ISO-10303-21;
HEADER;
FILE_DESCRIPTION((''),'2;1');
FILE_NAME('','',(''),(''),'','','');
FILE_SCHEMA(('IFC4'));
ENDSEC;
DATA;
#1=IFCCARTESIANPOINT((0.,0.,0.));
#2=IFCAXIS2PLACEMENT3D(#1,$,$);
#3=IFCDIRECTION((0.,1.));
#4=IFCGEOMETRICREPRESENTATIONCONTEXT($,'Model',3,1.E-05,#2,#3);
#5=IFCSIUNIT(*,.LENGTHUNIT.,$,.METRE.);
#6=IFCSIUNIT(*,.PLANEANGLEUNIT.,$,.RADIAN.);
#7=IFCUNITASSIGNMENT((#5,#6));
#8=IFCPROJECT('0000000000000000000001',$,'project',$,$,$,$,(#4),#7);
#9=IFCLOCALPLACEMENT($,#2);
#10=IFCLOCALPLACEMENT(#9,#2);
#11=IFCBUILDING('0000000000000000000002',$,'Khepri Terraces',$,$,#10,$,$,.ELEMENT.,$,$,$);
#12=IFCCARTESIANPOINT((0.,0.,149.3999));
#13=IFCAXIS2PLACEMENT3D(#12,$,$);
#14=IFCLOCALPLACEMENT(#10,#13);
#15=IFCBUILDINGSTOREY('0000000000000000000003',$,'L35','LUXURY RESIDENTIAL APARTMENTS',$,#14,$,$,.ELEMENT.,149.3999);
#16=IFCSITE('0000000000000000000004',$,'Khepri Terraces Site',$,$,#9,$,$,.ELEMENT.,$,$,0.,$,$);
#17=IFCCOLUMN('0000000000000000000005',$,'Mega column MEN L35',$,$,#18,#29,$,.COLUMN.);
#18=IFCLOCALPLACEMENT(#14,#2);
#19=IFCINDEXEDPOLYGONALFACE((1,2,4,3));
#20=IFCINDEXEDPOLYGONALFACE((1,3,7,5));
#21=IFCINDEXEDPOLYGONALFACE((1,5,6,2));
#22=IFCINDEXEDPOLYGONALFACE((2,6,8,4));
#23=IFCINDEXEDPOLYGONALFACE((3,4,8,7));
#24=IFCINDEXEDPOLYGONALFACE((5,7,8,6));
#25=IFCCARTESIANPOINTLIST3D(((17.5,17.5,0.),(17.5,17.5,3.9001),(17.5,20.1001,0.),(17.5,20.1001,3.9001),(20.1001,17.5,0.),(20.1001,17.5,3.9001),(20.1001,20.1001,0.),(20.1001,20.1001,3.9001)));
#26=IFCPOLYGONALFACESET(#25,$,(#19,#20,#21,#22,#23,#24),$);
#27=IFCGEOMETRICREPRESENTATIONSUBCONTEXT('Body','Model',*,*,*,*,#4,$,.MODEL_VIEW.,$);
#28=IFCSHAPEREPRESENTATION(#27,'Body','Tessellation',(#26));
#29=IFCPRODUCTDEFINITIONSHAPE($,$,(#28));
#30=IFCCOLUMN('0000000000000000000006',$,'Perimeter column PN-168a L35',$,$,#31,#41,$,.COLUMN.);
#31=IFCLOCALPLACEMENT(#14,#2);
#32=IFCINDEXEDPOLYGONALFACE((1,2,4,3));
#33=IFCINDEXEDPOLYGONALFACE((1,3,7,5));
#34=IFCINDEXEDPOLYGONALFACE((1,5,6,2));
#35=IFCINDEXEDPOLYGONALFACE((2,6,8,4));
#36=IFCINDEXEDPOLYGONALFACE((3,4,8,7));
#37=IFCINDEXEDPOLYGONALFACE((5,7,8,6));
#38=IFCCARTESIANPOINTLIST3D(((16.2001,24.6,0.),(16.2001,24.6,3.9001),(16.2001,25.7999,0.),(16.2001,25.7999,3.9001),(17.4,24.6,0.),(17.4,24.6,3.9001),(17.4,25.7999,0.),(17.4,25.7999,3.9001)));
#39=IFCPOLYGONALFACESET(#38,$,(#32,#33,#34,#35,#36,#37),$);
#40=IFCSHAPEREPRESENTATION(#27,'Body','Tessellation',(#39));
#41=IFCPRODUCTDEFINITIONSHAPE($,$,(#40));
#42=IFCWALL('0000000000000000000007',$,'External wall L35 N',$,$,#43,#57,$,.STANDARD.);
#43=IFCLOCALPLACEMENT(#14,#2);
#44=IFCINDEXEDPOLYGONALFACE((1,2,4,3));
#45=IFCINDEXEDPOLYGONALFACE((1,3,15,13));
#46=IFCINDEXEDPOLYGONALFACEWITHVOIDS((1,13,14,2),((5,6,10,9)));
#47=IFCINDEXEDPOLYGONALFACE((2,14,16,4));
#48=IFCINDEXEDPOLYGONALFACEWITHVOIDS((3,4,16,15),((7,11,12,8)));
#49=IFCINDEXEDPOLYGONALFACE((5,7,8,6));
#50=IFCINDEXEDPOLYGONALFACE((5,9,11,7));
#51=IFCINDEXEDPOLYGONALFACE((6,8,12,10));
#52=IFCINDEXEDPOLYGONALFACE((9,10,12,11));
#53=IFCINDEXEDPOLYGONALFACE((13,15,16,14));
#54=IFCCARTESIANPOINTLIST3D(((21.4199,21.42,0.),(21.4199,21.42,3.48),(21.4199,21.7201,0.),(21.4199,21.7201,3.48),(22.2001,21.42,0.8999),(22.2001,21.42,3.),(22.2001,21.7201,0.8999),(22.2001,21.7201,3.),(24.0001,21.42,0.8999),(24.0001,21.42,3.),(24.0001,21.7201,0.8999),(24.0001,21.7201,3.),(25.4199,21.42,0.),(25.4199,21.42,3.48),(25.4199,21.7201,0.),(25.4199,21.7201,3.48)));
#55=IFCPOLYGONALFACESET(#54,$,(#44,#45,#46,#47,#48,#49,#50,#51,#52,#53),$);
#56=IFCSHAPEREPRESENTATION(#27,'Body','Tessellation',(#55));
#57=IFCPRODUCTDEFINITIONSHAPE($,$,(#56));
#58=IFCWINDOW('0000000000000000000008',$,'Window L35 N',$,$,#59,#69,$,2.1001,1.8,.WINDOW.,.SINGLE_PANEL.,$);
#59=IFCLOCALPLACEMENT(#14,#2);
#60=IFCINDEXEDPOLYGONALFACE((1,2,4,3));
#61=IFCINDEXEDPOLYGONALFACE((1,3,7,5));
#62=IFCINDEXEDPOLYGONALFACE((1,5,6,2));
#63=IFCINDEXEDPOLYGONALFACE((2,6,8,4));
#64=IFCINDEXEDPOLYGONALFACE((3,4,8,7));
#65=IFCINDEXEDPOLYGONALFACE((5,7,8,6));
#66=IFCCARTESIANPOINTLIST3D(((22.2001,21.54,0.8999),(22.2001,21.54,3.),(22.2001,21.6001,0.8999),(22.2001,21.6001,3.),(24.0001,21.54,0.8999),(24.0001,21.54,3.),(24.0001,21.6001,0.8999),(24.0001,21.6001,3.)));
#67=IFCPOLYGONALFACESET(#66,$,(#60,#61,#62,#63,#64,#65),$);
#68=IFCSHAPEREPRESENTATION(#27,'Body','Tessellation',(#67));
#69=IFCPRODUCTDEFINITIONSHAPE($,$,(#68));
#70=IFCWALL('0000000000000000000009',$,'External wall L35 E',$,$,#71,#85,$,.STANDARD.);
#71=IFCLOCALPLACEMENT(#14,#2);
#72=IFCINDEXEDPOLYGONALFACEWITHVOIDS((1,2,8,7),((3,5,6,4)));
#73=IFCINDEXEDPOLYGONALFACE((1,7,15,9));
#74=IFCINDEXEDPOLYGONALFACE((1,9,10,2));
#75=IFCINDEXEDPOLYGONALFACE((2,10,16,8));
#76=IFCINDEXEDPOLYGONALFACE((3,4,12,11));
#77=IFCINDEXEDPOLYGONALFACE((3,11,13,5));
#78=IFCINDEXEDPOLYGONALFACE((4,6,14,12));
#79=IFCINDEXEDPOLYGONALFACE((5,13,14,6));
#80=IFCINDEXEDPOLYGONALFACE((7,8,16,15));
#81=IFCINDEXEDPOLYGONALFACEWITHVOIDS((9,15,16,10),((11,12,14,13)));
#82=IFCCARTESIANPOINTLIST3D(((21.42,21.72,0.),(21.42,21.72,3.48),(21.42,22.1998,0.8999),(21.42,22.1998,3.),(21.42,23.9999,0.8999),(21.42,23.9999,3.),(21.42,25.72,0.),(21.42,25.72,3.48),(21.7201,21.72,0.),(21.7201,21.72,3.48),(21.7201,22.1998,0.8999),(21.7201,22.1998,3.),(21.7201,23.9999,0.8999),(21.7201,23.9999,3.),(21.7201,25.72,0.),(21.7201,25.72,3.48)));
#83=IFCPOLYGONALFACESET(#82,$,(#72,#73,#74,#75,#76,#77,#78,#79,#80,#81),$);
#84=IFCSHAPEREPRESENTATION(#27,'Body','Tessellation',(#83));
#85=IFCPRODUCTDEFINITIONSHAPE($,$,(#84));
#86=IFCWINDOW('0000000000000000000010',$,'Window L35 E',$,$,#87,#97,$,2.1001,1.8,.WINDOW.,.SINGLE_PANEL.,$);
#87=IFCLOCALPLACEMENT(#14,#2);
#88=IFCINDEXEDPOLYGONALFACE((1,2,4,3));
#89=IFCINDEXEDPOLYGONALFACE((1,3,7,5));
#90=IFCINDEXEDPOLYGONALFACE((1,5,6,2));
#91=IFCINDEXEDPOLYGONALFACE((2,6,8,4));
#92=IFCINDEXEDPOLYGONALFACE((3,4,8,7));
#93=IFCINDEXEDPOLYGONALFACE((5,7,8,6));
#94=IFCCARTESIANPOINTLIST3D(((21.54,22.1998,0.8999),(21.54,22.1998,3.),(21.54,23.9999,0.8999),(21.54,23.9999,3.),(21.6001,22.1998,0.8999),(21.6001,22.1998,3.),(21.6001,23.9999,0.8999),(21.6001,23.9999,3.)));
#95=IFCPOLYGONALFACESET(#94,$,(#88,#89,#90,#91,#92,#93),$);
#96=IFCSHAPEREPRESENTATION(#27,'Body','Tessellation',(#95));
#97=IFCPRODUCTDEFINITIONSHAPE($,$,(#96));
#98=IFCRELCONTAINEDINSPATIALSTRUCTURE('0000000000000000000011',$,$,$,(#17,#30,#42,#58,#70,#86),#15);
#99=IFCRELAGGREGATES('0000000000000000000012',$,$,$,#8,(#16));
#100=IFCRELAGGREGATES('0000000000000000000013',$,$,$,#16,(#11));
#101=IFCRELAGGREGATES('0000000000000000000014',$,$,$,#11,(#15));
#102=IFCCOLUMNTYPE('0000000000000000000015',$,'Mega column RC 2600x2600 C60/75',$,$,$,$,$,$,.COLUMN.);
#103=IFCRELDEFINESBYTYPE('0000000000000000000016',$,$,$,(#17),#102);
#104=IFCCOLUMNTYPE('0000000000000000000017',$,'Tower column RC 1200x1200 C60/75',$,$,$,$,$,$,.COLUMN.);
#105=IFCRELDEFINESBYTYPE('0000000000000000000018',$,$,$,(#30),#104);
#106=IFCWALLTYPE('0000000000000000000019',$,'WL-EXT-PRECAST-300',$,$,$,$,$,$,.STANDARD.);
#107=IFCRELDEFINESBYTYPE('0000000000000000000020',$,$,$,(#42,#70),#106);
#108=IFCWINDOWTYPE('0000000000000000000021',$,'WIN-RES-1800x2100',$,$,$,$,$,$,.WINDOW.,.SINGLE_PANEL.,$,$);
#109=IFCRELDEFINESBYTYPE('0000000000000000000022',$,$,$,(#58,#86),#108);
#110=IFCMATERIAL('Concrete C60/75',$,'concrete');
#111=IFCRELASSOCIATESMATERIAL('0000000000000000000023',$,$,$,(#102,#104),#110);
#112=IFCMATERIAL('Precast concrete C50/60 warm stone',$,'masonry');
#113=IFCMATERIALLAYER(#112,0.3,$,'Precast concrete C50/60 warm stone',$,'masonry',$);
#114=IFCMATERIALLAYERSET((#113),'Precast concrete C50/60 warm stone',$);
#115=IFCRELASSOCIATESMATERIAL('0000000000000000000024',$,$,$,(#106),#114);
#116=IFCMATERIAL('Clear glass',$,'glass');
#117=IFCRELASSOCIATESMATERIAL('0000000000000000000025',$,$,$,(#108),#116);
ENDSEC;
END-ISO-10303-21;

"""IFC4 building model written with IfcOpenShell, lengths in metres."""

from ifc_helpers import new_model, si_unit, direction, frame, frame_2d, origin, origin_2d, place, context, subcontext, project, spatial, rectangle, extrude, material, layer, layer_set, material_profile, profile_set, type_object, element, fill, save


model = new_model("IFC4")

# Units and contexts
model_context = context("Model", 3, precision=1e-05, world=origin(), true_north=direction((0.0, 1.0)))
body_context = subcontext(model_context, "Body", "Model", "MODEL_VIEW")
ifc_project = project(units=[si_unit("LENGTHUNIT", "METRE"), si_unit("PLANEANGLEUNIT", "RADIAN")], contexts=[model_context])

# Site, building, storey
site_placement = place(None, origin())
site = spatial("IfcSite", under=ifc_project, at=site_placement, Name="Khepri Terraces Site", CompositionType="ELEMENT", RefElevation=0.0)
building_placement = place(site_placement, origin())
building = spatial("IfcBuilding", under=site, at=building_placement, Name="Khepri Terraces", CompositionType="ELEMENT")
storey_placement = place(building_placement, frame((0.0, 0.0, 149.3999)))
storey = spatial("IfcBuildingStorey", under=building, at=storey_placement, Name="L35", Description="LUXURY RESIDENTIAL APARTMENTS", CompositionType="ELEMENT", Elevation=149.3999)

# Columns
ifc_material_1 = material(Name="Concrete C60/75", Category="concrete")
ifc_material_profile_1 = material_profile(ifc_material_1, rectangle(XDim=2.6001, YDim=2.6001, at=origin_2d()), Name="Concrete C60/75", Category="concrete")
ifc_profile_set_1 = profile_set([ifc_material_profile_1], Name="Concrete C60/75")
column_type_1 = type_object("IfcColumnType", Name="Mega column RC 2600x2600 C60/75", PredefinedType="COLUMN", material=ifc_profile_set_1)
column_1_placement = place(storey_placement, frame((18.8, 18.8, 0.0), z_axis=(0.0, 0.0, 1.0), x_axis=(1.0, 0.0, 0.0)))
element("IfcColumn", 1, at=column_1_placement, inside=storey, type_object=column_type_1, Name="Mega column MEN L35", PredefinedType="COLUMN", context=body_context, shape_type="SweptSolid", body=[
    extrude(rectangle(XDim=2.6001, YDim=2.6001, at=origin_2d()), origin(), (0.0, 0.0, 1.0), 3.9001),
])
ifc_material_profile_2 = material_profile(ifc_material_1, rectangle(XDim=1.2, YDim=1.2, at=origin_2d()), Name="Concrete C60/75", Category="concrete")
ifc_profile_set_2 = profile_set([ifc_material_profile_2], Name="Concrete C60/75")
column_type_2 = type_object("IfcColumnType", Name="Tower column RC 1200x1200 C60/75", PredefinedType="COLUMN", material=ifc_profile_set_2)
column_2_placement = place(storey_placement, frame((16.8, 25.2, 0.0), z_axis=(0.0, 0.0, 1.0), x_axis=(1.0, 0.0, 0.0)))
element("IfcColumn", 2, at=column_2_placement, inside=storey, type_object=column_type_2, Name="Perimeter column PN-168a L35", PredefinedType="COLUMN", context=body_context, shape_type="SweptSolid", body=[
    extrude(rectangle(XDim=1.2, YDim=1.2, at=origin_2d()), origin(), (0.0, 0.0, 1.0), 3.9001),
])

# Walls, openings, windows
ifc_material_2 = material(Name="Precast concrete C50/60 warm stone", Category="masonry")
ifc_layer = layer(ifc_material_2, 0.3, Name="Precast concrete C50/60 warm stone", Category="masonry")
ifc_layer_set = layer_set([ifc_layer], Name="Precast concrete C50/60 warm stone")
wall_type = type_object("IfcWallType", Name="WL-EXT-PRECAST-300", PredefinedType="STANDARD", material=ifc_layer_set)
wall_1_placement = place(storey_placement, frame((25.4199, 21.5701, 0.0), z_axis=(0.0, 0.0, 1.0), x_axis=(-1.0, 0.0, 0.0)))
wall_1 = element("IfcWall", 3, at=wall_1_placement, inside=storey, type_object=wall_type, Name="External wall L35 N", PredefinedType="STANDARD", context=body_context, shape_type="SweptSolid", body=[
    extrude(rectangle(XDim=4.0, YDim=0.3, at=frame_2d((2.0, 0.0))), origin(), (0.0, 0.0, 1.0), 3.48),
])
opening_1_placement = place(wall_1_placement, frame((1.4199, 0.0, 0.8999)))
opening_1 = element("IfcOpeningElement", 4, at=opening_1_placement, cuts=wall_1, PredefinedType="OPENING", context=body_context, shape_type="SweptSolid", body=[
    extrude(rectangle(XDim=1.8, YDim=2.1001, at=frame_2d((0.8999, 1.05))), frame((0.0, 0.1602, 0.0), z_axis=(0.0, -1.0, 0.0), x_axis=(1.0, 0.0, 0.0)), (0.0, 0.0, 1.0), 0.3201),
])
ifc_material_3 = material(Name="Clear glass", Category="glass")
window_type = type_object("IfcWindowType", Name="WIN-RES-1800x2100", PartitioningType="SINGLE_PANEL", PredefinedType="WINDOW", material=ifc_material_3)
window_1_placement = place(opening_1_placement, origin())
window_1 = element("IfcWindow", 5, at=window_1_placement, inside=storey, type_object=window_type, Name="Window L35 N", OverallHeight=2.1001, OverallWidth=1.8, PartitioningType="SINGLE_PANEL", PredefinedType="WINDOW", context=body_context, shape_type="SweptSolid", body=[
    extrude(rectangle(XDim=1.8, YDim=2.1001, at=frame_2d((0.8999, 1.05))), frame((0.0, 0.03, 0.0), z_axis=(0.0, -1.0, 0.0), x_axis=(1.0, 0.0, 0.0)), (0.0, 0.0, 1.0), 0.0601),
])
fill(opening_1, window_1)
wall_2_placement = place(storey_placement, frame((21.5701, 21.72, 0.0), z_axis=(0.0, 0.0, 1.0), x_axis=(0.0, 1.0, 0.0)))
wall_2 = element("IfcWall", 6, at=wall_2_placement, inside=storey, type_object=wall_type, Name="External wall L35 E", PredefinedType="STANDARD", context=body_context, shape_type="SweptSolid", body=[
    extrude(rectangle(XDim=4.0, YDim=0.3, at=frame_2d((2.0, 0.0))), origin(), (0.0, 0.0, 1.0), 3.48),
])
opening_2_placement = place(wall_2_placement, frame((0.48, 0.0, 0.8999)))
opening_2 = element("IfcOpeningElement", 7, at=opening_2_placement, cuts=wall_2, PredefinedType="OPENING", context=body_context, shape_type="SweptSolid", body=[
    extrude(rectangle(XDim=1.8, YDim=2.1001, at=frame_2d((0.8999, 1.05))), frame((0.0, 0.1602, 0.0), z_axis=(0.0, -1.0, 0.0), x_axis=(1.0, 0.0, 0.0)), (0.0, 0.0, 1.0), 0.3201),
])
window_2_placement = place(opening_2_placement, origin())
window_2 = element("IfcWindow", 8, at=window_2_placement, inside=storey, type_object=window_type, Name="Window L35 E", OverallHeight=2.1001, OverallWidth=1.8, PartitioningType="SINGLE_PANEL", PredefinedType="WINDOW", context=body_context, shape_type="SweptSolid", body=[
    extrude(rectangle(XDim=1.8, YDim=2.1001, at=frame_2d((0.8999, 1.05))), frame((0.0, 0.03, 0.0), z_axis=(0.0, -1.0, 0.0), x_axis=(1.0, 0.0, 0.0)), (0.0, 0.0, 1.0), 0.0601),
])
fill(opening_2, window_2)

save(model, "model.ifc")
